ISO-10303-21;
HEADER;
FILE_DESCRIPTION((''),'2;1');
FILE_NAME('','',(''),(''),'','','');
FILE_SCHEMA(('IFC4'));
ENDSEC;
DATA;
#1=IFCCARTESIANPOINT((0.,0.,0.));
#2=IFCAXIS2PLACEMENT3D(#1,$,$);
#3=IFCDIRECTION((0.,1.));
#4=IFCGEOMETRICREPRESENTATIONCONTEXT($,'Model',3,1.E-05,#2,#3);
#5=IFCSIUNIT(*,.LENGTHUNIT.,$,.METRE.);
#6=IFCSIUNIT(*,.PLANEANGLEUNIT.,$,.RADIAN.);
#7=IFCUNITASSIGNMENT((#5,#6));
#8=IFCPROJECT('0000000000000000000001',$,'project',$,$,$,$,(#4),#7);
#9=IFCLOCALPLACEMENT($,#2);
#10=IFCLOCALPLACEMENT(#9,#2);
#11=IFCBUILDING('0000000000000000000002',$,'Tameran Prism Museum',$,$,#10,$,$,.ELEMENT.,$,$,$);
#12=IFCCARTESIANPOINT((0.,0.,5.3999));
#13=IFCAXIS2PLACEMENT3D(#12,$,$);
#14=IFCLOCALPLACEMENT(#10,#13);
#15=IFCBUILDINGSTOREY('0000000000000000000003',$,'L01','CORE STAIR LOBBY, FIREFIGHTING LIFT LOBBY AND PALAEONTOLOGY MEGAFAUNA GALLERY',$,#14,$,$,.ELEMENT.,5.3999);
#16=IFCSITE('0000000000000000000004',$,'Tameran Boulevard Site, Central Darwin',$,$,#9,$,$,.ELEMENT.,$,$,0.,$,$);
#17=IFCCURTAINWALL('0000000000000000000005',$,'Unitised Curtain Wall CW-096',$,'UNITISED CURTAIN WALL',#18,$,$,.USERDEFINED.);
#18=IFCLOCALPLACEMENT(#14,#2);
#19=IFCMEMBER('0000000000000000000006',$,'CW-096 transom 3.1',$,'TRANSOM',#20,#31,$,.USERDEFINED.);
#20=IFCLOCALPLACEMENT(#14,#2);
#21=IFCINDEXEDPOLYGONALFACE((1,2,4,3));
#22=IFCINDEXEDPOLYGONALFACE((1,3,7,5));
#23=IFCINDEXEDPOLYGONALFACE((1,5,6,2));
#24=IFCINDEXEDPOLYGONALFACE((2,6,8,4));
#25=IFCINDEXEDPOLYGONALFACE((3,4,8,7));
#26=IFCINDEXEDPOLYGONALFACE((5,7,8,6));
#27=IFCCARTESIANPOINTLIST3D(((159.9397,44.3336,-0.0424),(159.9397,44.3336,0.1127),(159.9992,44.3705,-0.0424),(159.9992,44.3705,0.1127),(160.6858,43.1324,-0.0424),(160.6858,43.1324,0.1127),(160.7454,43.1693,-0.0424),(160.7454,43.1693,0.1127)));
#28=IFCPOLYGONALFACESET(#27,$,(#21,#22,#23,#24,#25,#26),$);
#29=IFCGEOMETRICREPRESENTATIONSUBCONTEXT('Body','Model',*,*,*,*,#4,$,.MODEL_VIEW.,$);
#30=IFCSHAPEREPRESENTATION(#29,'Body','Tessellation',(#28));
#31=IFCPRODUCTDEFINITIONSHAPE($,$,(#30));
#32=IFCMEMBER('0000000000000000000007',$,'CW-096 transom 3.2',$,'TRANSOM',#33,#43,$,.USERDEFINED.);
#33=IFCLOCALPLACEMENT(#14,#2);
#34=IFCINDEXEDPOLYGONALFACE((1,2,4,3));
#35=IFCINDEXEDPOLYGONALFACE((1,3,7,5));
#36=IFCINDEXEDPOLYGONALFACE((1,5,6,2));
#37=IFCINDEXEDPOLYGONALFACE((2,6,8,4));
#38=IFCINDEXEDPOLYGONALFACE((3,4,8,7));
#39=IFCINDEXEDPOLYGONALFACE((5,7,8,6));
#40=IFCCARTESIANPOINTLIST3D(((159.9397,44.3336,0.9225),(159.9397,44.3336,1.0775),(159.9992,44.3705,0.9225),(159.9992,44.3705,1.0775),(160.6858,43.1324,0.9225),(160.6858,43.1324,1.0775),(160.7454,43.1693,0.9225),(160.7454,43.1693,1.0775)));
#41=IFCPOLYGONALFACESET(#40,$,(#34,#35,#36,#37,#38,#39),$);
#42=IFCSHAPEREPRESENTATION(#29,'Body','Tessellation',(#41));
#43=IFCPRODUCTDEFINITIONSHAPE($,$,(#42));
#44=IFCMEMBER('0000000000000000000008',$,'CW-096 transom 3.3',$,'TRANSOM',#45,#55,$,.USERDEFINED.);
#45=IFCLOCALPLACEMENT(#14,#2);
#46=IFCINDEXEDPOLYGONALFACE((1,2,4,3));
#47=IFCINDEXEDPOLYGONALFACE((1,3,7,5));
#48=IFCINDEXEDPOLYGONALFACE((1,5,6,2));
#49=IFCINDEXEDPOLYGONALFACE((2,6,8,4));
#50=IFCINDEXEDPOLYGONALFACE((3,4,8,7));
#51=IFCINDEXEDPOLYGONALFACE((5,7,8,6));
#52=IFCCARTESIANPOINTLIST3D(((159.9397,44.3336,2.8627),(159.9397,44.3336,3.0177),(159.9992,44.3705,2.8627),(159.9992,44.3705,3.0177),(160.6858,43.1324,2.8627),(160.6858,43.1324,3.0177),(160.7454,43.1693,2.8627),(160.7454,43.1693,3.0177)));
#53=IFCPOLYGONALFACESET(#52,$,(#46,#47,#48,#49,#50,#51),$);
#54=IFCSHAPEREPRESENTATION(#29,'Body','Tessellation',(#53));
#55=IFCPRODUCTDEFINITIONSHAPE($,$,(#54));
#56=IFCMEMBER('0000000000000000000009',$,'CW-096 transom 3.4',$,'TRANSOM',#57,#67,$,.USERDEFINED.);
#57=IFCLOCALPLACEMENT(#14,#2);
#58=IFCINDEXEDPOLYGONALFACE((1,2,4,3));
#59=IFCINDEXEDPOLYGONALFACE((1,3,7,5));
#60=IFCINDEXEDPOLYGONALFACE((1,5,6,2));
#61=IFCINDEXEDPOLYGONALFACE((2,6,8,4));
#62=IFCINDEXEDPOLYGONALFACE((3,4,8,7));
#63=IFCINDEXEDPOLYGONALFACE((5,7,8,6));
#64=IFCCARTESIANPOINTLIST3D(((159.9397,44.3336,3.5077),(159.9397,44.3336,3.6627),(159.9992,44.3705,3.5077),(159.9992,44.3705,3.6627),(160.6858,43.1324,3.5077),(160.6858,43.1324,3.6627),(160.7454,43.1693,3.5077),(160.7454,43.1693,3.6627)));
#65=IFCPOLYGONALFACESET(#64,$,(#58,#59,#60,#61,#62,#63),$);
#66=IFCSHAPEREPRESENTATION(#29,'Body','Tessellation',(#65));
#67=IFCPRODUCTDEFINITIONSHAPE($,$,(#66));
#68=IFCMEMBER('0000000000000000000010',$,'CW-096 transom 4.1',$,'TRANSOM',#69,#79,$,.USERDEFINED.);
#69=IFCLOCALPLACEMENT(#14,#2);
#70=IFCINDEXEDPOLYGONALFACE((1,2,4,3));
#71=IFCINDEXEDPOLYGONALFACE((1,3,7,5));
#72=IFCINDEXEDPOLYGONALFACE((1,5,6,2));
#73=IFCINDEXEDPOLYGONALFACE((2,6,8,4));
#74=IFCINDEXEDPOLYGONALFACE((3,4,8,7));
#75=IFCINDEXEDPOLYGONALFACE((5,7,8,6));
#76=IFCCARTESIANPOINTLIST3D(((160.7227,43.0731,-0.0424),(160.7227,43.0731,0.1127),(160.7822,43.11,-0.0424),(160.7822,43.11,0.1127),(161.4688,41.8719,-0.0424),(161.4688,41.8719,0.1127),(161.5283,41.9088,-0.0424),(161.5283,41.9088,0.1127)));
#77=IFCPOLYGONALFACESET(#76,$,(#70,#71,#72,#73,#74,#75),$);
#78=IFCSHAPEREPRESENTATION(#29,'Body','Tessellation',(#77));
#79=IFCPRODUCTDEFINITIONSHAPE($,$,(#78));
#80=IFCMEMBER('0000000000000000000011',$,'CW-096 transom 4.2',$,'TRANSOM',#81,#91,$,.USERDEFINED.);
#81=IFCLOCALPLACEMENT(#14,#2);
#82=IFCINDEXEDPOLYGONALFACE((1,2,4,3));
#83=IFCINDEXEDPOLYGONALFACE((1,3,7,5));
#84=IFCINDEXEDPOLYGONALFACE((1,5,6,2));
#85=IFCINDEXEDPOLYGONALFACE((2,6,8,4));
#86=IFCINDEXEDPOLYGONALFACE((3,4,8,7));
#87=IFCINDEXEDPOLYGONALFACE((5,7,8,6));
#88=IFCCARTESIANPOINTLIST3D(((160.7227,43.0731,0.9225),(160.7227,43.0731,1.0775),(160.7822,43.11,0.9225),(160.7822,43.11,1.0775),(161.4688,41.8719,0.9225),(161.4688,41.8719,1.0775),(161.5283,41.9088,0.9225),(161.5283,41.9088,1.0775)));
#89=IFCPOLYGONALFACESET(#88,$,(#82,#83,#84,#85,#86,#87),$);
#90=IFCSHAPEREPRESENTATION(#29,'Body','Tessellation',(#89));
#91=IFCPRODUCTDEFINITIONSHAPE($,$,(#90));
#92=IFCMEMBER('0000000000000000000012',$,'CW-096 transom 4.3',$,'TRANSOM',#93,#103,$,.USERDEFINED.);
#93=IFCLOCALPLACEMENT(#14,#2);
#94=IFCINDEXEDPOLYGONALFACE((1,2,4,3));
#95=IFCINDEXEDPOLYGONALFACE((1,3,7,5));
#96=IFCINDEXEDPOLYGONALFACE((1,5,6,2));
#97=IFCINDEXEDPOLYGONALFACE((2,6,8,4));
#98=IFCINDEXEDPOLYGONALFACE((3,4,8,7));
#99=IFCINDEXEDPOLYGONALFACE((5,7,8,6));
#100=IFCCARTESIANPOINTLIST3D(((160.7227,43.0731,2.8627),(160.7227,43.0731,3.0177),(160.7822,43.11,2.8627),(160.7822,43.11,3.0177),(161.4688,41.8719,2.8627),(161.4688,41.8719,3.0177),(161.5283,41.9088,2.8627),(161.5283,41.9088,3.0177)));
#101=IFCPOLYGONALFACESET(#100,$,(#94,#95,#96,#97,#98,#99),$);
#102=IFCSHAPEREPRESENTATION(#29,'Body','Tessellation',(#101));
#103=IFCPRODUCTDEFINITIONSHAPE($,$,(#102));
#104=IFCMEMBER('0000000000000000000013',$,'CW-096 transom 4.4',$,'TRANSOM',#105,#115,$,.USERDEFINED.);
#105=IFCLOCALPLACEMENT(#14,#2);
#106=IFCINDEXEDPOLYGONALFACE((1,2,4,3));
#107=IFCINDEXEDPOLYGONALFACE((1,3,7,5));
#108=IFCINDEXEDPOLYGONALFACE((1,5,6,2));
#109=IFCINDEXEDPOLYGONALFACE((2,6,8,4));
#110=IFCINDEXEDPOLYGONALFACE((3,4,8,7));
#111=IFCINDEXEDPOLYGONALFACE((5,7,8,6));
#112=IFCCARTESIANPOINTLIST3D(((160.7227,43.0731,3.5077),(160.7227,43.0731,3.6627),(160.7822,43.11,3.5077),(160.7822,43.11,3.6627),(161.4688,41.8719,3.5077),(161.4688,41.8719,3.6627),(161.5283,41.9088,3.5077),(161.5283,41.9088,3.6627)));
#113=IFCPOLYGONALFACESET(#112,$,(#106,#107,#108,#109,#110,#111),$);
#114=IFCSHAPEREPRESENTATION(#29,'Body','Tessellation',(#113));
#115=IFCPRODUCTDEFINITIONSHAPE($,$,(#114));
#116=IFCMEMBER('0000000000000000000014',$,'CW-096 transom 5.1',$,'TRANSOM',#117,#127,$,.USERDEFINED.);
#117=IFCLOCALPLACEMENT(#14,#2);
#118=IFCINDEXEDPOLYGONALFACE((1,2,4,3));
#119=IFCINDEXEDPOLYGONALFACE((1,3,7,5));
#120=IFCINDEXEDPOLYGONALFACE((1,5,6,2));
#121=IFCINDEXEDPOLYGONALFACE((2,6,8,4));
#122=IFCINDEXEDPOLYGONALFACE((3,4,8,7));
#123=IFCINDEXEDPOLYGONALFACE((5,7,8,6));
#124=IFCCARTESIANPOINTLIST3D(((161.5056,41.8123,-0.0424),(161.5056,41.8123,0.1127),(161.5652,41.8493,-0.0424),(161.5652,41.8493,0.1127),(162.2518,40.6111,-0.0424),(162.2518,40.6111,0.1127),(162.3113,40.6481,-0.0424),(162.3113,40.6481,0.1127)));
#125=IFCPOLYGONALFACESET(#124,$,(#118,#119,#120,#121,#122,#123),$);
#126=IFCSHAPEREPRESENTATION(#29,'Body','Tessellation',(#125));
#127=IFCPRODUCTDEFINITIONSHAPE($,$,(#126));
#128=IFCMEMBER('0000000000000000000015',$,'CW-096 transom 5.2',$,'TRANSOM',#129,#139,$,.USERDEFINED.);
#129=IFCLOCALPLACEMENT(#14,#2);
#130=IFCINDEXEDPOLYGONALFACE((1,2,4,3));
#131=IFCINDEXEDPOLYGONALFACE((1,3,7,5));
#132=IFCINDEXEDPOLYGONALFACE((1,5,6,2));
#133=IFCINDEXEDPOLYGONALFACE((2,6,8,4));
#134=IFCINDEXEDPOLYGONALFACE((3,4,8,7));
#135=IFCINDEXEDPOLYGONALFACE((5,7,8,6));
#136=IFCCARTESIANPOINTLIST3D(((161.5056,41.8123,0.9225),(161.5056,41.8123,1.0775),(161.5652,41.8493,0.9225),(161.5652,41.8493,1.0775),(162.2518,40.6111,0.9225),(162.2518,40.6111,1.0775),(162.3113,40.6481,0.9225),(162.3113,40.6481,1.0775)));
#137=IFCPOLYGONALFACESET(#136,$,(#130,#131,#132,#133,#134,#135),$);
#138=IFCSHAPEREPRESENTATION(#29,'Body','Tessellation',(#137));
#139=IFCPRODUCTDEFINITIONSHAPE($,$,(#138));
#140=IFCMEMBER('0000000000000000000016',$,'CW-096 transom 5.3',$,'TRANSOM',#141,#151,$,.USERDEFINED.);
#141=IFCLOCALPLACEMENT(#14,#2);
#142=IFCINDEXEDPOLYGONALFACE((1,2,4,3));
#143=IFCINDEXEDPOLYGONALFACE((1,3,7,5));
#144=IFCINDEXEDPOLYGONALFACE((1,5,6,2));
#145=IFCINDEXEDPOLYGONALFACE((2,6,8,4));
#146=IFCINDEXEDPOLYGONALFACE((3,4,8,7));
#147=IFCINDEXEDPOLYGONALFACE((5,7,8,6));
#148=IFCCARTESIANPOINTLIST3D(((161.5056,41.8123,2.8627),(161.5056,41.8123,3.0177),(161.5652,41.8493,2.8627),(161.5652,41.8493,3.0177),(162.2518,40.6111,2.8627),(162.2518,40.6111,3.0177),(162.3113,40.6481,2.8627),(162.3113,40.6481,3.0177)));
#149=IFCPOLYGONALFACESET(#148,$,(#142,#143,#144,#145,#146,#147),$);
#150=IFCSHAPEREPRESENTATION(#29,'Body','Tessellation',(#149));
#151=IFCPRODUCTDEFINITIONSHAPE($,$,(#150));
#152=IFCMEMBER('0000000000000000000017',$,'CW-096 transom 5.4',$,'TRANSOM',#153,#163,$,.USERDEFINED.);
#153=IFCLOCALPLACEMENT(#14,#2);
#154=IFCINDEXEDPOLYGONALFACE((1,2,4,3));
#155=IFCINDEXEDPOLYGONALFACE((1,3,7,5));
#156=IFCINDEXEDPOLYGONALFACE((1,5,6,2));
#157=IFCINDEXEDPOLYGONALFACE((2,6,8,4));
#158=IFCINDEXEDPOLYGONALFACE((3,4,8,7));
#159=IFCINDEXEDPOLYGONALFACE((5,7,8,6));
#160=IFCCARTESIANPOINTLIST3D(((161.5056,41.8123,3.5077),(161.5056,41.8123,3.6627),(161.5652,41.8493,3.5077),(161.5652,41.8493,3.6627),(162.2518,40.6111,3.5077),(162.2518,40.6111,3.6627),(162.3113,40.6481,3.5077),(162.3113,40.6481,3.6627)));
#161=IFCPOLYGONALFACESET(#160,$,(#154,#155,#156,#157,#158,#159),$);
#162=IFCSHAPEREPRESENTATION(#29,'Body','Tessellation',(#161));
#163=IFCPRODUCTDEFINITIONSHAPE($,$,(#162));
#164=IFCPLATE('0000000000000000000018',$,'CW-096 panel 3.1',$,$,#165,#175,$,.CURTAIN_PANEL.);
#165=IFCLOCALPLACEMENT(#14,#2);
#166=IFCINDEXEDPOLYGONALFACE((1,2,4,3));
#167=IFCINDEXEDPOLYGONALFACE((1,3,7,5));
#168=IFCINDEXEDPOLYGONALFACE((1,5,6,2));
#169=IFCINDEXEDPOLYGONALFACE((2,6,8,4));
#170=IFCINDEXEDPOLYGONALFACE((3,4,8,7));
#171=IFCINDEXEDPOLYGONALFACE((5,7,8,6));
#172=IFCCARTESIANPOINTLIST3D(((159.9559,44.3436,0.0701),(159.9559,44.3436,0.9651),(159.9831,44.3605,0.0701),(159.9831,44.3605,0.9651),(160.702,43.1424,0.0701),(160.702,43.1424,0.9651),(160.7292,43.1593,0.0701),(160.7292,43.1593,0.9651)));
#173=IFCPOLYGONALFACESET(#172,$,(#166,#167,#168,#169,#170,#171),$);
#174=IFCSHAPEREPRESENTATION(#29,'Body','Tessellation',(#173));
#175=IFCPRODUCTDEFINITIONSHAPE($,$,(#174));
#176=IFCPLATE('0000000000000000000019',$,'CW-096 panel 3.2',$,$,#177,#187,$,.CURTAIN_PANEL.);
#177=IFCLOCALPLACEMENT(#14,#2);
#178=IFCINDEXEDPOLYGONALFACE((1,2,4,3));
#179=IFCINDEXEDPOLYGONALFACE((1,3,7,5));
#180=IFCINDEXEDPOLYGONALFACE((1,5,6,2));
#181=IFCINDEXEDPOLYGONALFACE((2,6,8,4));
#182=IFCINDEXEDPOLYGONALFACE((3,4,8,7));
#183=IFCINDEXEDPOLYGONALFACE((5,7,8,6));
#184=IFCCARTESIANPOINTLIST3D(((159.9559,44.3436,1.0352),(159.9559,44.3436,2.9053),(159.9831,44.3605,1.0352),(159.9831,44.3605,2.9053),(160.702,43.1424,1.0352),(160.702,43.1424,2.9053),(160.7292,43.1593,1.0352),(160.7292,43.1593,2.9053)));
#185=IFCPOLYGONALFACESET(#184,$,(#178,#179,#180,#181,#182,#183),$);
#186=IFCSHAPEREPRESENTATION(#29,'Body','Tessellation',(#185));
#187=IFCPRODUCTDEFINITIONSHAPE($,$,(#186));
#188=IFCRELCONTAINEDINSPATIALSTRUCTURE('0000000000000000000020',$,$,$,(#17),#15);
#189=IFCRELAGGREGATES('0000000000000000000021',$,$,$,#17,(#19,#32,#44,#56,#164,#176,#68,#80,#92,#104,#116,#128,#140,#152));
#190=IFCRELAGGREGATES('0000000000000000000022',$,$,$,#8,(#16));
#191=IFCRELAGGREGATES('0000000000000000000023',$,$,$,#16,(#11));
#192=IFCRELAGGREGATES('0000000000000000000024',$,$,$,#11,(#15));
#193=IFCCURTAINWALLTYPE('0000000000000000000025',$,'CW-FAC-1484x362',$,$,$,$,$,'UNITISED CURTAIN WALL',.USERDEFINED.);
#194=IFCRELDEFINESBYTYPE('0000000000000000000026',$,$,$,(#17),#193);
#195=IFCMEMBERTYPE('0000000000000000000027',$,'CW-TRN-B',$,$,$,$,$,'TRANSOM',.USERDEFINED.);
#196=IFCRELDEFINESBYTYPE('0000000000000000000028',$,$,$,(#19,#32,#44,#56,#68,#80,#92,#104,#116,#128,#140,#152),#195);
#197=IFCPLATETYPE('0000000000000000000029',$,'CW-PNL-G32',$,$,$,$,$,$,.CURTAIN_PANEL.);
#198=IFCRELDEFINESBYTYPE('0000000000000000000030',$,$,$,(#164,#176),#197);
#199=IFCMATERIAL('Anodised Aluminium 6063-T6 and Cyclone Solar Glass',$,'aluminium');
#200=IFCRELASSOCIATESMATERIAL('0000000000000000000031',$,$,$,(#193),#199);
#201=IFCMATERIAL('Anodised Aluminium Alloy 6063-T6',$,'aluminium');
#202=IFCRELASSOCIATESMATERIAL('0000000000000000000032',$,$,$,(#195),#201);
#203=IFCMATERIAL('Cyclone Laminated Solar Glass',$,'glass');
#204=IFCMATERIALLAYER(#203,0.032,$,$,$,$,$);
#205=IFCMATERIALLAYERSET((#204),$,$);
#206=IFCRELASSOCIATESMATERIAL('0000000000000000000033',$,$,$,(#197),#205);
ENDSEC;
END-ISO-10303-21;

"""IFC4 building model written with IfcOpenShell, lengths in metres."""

from ifc_helpers import new_model, si_unit, direction, frame, origin, origin_2d, place, context, subcontext, project, spatial, rectangle, extrude, material, layer, layer_set, material_profile, profile_set, type_object, element, aggregate, save


model = new_model("IFC4")

# Units and contexts
model_context = context("Model", 3, precision=1e-05, world=origin(), true_north=direction((0.0, 1.0)))
body_context = subcontext(model_context, "Body", "Model", "MODEL_VIEW")
ifc_project = project(units=[si_unit("LENGTHUNIT", "METRE"), si_unit("PLANEANGLEUNIT", "RADIAN")], contexts=[model_context])

# Site, building, storey
site_placement = place(None, origin())
site = spatial("IfcSite", under=ifc_project, at=site_placement, Name="Tameran Boulevard Site, Central Darwin", CompositionType="ELEMENT", RefElevation=0.0)
building_placement = place(site_placement, origin())
building = spatial("IfcBuilding", under=site, at=building_placement, Name="Tameran Prism Museum", CompositionType="ELEMENT")
storey_placement = place(building_placement, frame((0.0, 0.0, 5.3999)))
storey = spatial("IfcBuildingStorey", under=building, at=storey_placement, Name="L01", Description="CORE STAIR LOBBY, FIREFIGHTING LIFT LOBBY AND PALAEONTOLOGY MEGAFAUNA GALLERY", CompositionType="ELEMENT", Elevation=5.3999)

# Curtain wall, members, plates
ifc_material_1 = material(Name="Anodised Aluminium 6063-T6 and Cyclone Solar Glass", Category="aluminium")
curtain_wall_type = type_object("IfcCurtainWallType", Name="CW-FAC-1484x362", ElementType="UNITISED CURTAIN WALL", PredefinedType="USERDEFINED", material=ifc_material_1)
curtain_wall_placement = place(storey_placement, origin())
curtain_wall = element("IfcCurtainWall", 1, at=curtain_wall_placement, inside=storey, type_object=curtain_wall_type, Name="Unitised Curtain Wall CW-096", ObjectType="UNITISED CURTAIN WALL", PredefinedType="USERDEFINED")
ifc_material_2 = material(Name="Anodised Aluminium Alloy 6063-T6", Category="aluminium")
ifc_material_profile_1 = material_profile(ifc_material_2, rectangle(XDim=0.0701, YDim=0.155, at=origin_2d()))
ifc_profile_set_1 = profile_set([ifc_material_profile_1])
member_type_1 = type_object("IfcMemberType", Name="CW-TRN-B", ElementType="TRANSOM", PredefinedType="USERDEFINED", material=ifc_profile_set_1)
member_1_placement = place(storey_placement, frame((159.9695, 44.3521, 0.0352), z_axis=(0.527638, -0.849469, 0.0), x_axis=(0.849469, 0.527638, 0.0)))
member_1 = element("IfcMember", 2, at=member_1_placement, type_object=member_type_1, Name="CW-096 transom 3.1", ObjectType="TRANSOM", PredefinedType="USERDEFINED", context=body_context, shape_type="SweptSolid", body=[
    extrude(rectangle(XDim=0.0701, YDim=0.155, at=origin_2d()), origin(), (0.0, 0.0, 1.0), 1.4141),
])
member_2_placement = place(storey_placement, frame((159.9695, 44.3521, 1.0), z_axis=(0.527638, -0.849469, 0.0), x_axis=(0.849469, 0.527638, 0.0)))
member_2 = element("IfcMember", 3, at=member_2_placement, type_object=member_type_1, Name="CW-096 transom 3.2", ObjectType="TRANSOM", PredefinedType="USERDEFINED", context=body_context, shape_type="SweptSolid", body=[
    extrude(rectangle(XDim=0.0701, YDim=0.155, at=origin_2d()), origin(), (0.0, 0.0, 1.0), 1.4141),
])
member_3_placement = place(storey_placement, frame((159.9695, 44.3521, 2.9402), z_axis=(0.527638, -0.849469, 0.0), x_axis=(0.849469, 0.527638, 0.0)))
member_3 = element("IfcMember", 4, at=member_3_placement, type_object=member_type_1, Name="CW-096 transom 3.3", ObjectType="TRANSOM", PredefinedType="USERDEFINED", context=body_context, shape_type="SweptSolid", body=[
    extrude(rectangle(XDim=0.0701, YDim=0.155, at=origin_2d()), origin(), (0.0, 0.0, 1.0), 1.4141),
])
member_4_placement = place(storey_placement, frame((159.9695, 44.3521, 3.5852), z_axis=(0.527638, -0.849469, 0.0), x_axis=(0.849469, 0.527638, 0.0)))
member_4 = element("IfcMember", 5, at=member_4_placement, type_object=member_type_1, Name="CW-096 transom 3.4", ObjectType="TRANSOM", PredefinedType="USERDEFINED", context=body_context, shape_type="SweptSolid", body=[
    extrude(rectangle(XDim=0.0701, YDim=0.155, at=origin_2d()), origin(), (0.0, 0.0, 1.0), 1.4141),
])
member_5_placement = place(storey_placement, frame((160.7524, 43.0916, 0.0352), z_axis=(0.527638, -0.849469, 0.0), x_axis=(0.849469, 0.527638, 0.0)))
member_5 = element("IfcMember", 6, at=member_5_placement, type_object=member_type_1, Name="CW-096 transom 4.1", ObjectType="TRANSOM", PredefinedType="USERDEFINED", context=body_context, shape_type="SweptSolid", body=[
    extrude(rectangle(XDim=0.0701, YDim=0.155, at=origin_2d()), origin(), (0.0, 0.0, 1.0), 1.4141),
])
member_6_placement = place(storey_placement, frame((160.7524, 43.0916, 1.0), z_axis=(0.527638, -0.849469, 0.0), x_axis=(0.849469, 0.527638, 0.0)))
member_6 = element("IfcMember", 7, at=member_6_placement, type_object=member_type_1, Name="CW-096 transom 4.2", ObjectType="TRANSOM", PredefinedType="USERDEFINED", context=body_context, shape_type="SweptSolid", body=[
    extrude(rectangle(XDim=0.0701, YDim=0.155, at=origin_2d()), origin(), (0.0, 0.0, 1.0), 1.4141),
])
member_7_placement = place(storey_placement, frame((160.7524, 43.0916, 2.9402), z_axis=(0.527638, -0.849469, 0.0), x_axis=(0.849469, 0.527638, 0.0)))
member_7 = element("IfcMember", 8, at=member_7_placement, type_object=member_type_1, Name="CW-096 transom 4.3", ObjectType="TRANSOM", PredefinedType="USERDEFINED", context=body_context, shape_type="SweptSolid", body=[
    extrude(rectangle(XDim=0.0701, YDim=0.155, at=origin_2d()), origin(), (0.0, 0.0, 1.0), 1.4141),
])
member_8_placement = place(storey_placement, frame((160.7524, 43.0916, 3.5852), z_axis=(0.527638, -0.849469, 0.0), x_axis=(0.849469, 0.527638, 0.0)))
member_8 = element("IfcMember", 9, at=member_8_placement, type_object=member_type_1, Name="CW-096 transom 4.4", ObjectType="TRANSOM", PredefinedType="USERDEFINED", context=body_context, shape_type="SweptSolid", body=[
    extrude(rectangle(XDim=0.0701, YDim=0.155, at=origin_2d()), origin(), (0.0, 0.0, 1.0), 1.4141),
])
member_9_placement = place(storey_placement, frame((161.5354, 41.8308, 0.0352), z_axis=(0.527638, -0.849469, 0.0), x_axis=(0.849469, 0.527638, 0.0)))
member_9 = element("IfcMember", 10, at=member_9_placement, type_object=member_type_1, Name="CW-096 transom 5.1", ObjectType="TRANSOM", PredefinedType="USERDEFINED", context=body_context, shape_type="SweptSolid", body=[
    extrude(rectangle(XDim=0.0701, YDim=0.155, at=origin_2d()), origin(), (0.0, 0.0, 1.0), 1.4141),
])
member_10_placement = place(storey_placement, frame((161.5354, 41.8308, 1.0), z_axis=(0.527638, -0.849469, 0.0), x_axis=(0.849469, 0.527638, 0.0)))
member_10 = element("IfcMember", 11, at=member_10_placement, type_object=member_type_1, Name="CW-096 transom 5.2", ObjectType="TRANSOM", PredefinedType="USERDEFINED", context=body_context, shape_type="SweptSolid", body=[
    extrude(rectangle(XDim=0.0701, YDim=0.155, at=origin_2d()), origin(), (0.0, 0.0, 1.0), 1.4141),
])
member_11_placement = place(storey_placement, frame((161.5354, 41.8308, 2.9402), z_axis=(0.527638, -0.849469, 0.0), x_axis=(0.849469, 0.527638, 0.0)))
member_11 = element("IfcMember", 12, at=member_11_placement, type_object=member_type_1, Name="CW-096 transom 5.3", ObjectType="TRANSOM", PredefinedType="USERDEFINED", context=body_context, shape_type="SweptSolid", body=[
    extrude(rectangle(XDim=0.0701, YDim=0.155, at=origin_2d()), origin(), (0.0, 0.0, 1.0), 1.4141),
])
member_12_placement = place(storey_placement, frame((161.5354, 41.8308, 3.5852), z_axis=(0.527638, -0.849469, 0.0), x_axis=(0.849469, 0.527638, 0.0)))
member_12 = element("IfcMember", 13, at=member_12_placement, type_object=member_type_1, Name="CW-096 transom 5.4", ObjectType="TRANSOM", PredefinedType="USERDEFINED", context=body_context, shape_type="SweptSolid", body=[
    extrude(rectangle(XDim=0.0701, YDim=0.155, at=origin_2d()), origin(), (0.0, 0.0, 1.0), 1.4141),
])
ifc_material_3 = material(Name="Cyclone Laminated Solar Glass", Category="glass")
ifc_layer_1 = layer(ifc_material_3, 0.032)
ifc_layer_set_1 = layer_set([ifc_layer_1])
plate_type = type_object("IfcPlateType", Name="CW-PNL-G32", PredefinedType="CURTAIN_PANEL", material=ifc_layer_set_1)
plate_1_placement = place(storey_placement, frame((160.3425, 43.7515, 0.0701), z_axis=(0.0, 0.0, 1.0), x_axis=(0.527635, -0.849471, 0.0)))
plate_1 = element("IfcPlate", 14, at=plate_1_placement, type_object=plate_type, Name="CW-096 panel 3.1", PredefinedType="CURTAIN_PANEL", context=body_context, shape_type="SweptSolid", body=[
    extrude(rectangle(XDim=1.4141, YDim=0.032, at=origin_2d()), origin(), (0.0, 0.0, 1.0), 0.895),
])
plate_2_placement = place(storey_placement, frame((160.3425, 43.7515, 1.0352), z_axis=(0.0, 0.0, 1.0), x_axis=(0.527635, -0.849471, 0.0)))
plate_2 = element("IfcPlate", 15, at=plate_2_placement, type_object=plate_type, Name="CW-096 panel 3.2", PredefinedType="CURTAIN_PANEL", context=body_context, shape_type="SweptSolid", body=[
    extrude(rectangle(XDim=1.4141, YDim=0.032, at=origin_2d()), origin(), (0.0, 0.0, 1.0), 1.8701),
])
aggregate(curtain_wall, [member_1, member_2, member_3, member_4, plate_1, plate_2, member_5, member_6, member_7, member_8, member_9, member_10, member_11, member_12])

save(model, "model.ifc")
